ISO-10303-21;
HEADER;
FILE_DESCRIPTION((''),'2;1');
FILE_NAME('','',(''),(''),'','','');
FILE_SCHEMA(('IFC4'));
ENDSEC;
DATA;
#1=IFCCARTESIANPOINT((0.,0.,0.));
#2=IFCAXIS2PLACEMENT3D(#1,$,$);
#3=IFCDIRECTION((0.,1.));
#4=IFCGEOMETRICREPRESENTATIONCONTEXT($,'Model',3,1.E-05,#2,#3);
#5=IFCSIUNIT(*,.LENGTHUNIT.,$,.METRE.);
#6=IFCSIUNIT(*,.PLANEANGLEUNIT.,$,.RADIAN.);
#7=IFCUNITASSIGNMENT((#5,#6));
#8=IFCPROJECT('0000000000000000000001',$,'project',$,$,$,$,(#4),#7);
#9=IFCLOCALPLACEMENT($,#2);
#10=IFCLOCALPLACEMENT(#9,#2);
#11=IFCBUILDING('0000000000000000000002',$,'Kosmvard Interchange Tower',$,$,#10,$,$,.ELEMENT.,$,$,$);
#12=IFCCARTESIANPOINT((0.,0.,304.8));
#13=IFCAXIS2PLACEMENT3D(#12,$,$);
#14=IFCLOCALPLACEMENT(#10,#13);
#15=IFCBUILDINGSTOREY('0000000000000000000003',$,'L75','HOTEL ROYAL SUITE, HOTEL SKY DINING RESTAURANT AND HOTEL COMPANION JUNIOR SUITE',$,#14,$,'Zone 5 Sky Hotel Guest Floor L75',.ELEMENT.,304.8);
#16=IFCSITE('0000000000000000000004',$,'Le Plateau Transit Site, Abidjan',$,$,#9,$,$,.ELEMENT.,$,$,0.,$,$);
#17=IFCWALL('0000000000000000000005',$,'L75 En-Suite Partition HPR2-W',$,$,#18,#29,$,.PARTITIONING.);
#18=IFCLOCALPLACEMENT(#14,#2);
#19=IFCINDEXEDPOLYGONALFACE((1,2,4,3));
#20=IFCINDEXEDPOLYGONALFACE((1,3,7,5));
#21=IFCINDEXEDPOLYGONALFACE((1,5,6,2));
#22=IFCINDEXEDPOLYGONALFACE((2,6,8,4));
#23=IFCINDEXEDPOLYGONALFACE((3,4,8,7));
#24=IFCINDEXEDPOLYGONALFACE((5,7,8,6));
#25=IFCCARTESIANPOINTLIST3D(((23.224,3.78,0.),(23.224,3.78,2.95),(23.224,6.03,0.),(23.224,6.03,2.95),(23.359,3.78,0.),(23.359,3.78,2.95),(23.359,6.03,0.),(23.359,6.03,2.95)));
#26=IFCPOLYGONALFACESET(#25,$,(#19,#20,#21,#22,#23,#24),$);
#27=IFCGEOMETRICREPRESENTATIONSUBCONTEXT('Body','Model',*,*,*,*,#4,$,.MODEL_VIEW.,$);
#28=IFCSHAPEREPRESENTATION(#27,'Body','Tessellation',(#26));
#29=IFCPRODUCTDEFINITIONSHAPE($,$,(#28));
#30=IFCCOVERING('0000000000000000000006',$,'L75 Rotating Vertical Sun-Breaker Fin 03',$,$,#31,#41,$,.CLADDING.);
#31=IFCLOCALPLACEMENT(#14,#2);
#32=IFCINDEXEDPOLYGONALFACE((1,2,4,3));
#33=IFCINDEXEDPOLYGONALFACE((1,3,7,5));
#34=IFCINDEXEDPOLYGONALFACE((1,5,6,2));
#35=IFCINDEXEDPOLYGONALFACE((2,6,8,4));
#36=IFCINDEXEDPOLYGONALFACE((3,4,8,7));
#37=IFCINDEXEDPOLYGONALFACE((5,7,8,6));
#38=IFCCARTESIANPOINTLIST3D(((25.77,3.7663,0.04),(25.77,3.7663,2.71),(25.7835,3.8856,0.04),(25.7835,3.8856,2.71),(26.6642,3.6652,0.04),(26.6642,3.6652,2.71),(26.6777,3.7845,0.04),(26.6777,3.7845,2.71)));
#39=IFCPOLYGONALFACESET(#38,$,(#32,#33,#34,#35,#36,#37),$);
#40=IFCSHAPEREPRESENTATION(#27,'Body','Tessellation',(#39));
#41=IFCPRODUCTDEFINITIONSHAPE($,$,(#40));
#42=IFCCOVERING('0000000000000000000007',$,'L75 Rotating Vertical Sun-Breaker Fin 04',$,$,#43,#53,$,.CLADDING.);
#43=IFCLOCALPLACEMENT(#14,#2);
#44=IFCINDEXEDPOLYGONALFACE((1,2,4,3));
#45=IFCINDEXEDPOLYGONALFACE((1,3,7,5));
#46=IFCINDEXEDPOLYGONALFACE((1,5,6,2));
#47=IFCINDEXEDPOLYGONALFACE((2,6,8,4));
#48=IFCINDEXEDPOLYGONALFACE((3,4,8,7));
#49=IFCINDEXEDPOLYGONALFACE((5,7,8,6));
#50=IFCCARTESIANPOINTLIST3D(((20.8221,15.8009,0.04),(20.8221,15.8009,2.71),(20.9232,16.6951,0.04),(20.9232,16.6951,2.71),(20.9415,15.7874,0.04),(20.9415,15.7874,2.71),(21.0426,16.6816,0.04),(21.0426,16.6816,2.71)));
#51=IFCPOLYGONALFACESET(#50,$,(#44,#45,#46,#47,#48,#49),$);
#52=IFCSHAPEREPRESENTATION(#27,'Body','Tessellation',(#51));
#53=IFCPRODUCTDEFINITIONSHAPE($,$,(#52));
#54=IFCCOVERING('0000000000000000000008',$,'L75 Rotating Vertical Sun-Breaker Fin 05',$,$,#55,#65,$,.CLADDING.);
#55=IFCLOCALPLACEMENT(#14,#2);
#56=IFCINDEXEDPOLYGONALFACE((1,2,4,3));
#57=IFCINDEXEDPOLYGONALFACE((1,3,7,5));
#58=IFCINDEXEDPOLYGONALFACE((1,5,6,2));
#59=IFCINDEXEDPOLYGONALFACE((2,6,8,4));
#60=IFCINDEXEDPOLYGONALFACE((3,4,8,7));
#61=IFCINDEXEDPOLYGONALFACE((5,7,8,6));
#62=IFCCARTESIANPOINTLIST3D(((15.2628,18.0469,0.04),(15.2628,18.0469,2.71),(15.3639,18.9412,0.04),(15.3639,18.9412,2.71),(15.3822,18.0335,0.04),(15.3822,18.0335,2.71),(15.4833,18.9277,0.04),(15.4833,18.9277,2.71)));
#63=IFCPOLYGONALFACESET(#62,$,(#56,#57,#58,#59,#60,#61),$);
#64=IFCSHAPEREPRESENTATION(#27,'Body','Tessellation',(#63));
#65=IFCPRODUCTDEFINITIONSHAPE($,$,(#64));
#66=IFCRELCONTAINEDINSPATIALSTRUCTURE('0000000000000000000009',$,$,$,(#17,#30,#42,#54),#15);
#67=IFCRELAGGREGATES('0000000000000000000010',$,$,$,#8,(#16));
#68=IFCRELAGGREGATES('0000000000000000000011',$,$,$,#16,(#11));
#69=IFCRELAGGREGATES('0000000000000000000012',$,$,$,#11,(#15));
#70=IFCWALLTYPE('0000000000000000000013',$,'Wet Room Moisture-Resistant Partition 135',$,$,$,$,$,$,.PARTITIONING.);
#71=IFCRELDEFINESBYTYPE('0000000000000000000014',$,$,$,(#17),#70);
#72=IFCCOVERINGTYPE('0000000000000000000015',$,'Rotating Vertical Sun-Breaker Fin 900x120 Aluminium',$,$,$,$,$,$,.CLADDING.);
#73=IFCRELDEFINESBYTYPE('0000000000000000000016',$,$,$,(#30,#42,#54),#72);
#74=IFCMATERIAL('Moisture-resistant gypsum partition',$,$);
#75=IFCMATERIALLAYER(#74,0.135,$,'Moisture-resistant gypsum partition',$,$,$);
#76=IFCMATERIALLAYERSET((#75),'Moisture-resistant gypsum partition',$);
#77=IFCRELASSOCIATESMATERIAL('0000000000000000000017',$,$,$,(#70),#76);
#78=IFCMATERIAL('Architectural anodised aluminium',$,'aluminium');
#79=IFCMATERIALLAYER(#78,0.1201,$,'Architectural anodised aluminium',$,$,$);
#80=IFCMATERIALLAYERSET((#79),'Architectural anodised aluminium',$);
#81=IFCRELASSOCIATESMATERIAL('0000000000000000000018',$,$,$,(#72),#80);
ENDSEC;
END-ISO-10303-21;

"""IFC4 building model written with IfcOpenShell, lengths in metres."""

from ifc_helpers import new_model, si_unit, direction, frame, frame_2d, origin, origin_2d, place, context, subcontext, project, spatial, rectangle, extrude, source, transform, mapped, material, layer, layer_set, type_object, element, save


model = new_model("IFC4")

# Units and contexts
model_context = context("Model", 3, precision=1e-05, world=origin(), true_north=direction((0.0, 1.0)))
body_context = subcontext(model_context, "Body", "Model", "MODEL_VIEW")
ifc_project = project(units=[si_unit("LENGTHUNIT", "METRE"), si_unit("PLANEANGLEUNIT", "RADIAN")], contexts=[model_context])

# Site, building, storey
site_placement = place(None, origin())
site = spatial("IfcSite", under=ifc_project, at=site_placement, Name="Le Plateau Transit Site, Abidjan", CompositionType="ELEMENT", RefElevation=0.0)
building_placement = place(site_placement, origin())
building = spatial("IfcBuilding", under=site, at=building_placement, Name="Kosmvard Interchange Tower", CompositionType="ELEMENT")
storey_placement = place(building_placement, frame((0.0, 0.0, 304.8)))
storey = spatial("IfcBuildingStorey", under=building, at=storey_placement, Name="L75", Description="HOTEL ROYAL SUITE, HOTEL SKY DINING RESTAURANT AND HOTEL COMPANION JUNIOR SUITE", LongName="Zone 5 Sky Hotel Guest Floor L75", CompositionType="ELEMENT", Elevation=304.8)

# Shared definitions
ifc_material_1 = material(Name="Moisture-resistant gypsum partition")
ifc_layer_1 = layer(ifc_material_1, 0.135, Name="Moisture-resistant gypsum partition")
ifc_layer_set_1 = layer_set([ifc_layer_1], Name="Moisture-resistant gypsum partition")
wall_type_1 = type_object("IfcWallType", Name="Wet Room Moisture-Resistant Partition 135", PredefinedType="PARTITIONING", material=ifc_layer_set_1)

# Wall
wall_1_placement = place(storey_placement, frame((23.2915, 3.78, 0.0), z_axis=(0.0, 0.0, 1.0), x_axis=(0.0, 1.0, 0.0)))
element("IfcWall", 1, at=wall_1_placement, inside=storey, type_object=wall_type_1, Name="L75 En-Suite Partition HPR2-W", PredefinedType="PARTITIONING", context=body_context, shape_type="SweptSolid", body=[
    extrude(rectangle(XDim=2.25, YDim=0.135, at=frame_2d((1.125, 0.0))), origin(), (0.0, 0.0, 1.0), 2.95),
])

# Coverings
ifc_material_2 = material(Name="Architectural anodised aluminium", Category="aluminium")
ifc_layer_2 = layer(ifc_material_2, 0.1201, Name="Architectural anodised aluminium")
ifc_layer_set_2 = layer_set([ifc_layer_2], Name="Architectural anodised aluminium")
covering_type = type_object("IfcCoveringType", Name="Rotating Vertical Sun-Breaker Fin 900x120 Aluminium", PredefinedType="CLADDING", material=ifc_layer_set_2)
shared_shape_1 = source(origin(), body_context, "Body", "SweptSolid", [
    extrude(rectangle(XDim=0.8999, YDim=0.1201, at=origin_2d()), origin(), (0.0, 0.0, 1.0), 2.6699),
])
for number, where, z_axis, x_axis, name in (
    (2, (26.2239, 3.7754, 0.04), (0.0, 0.0, 1.0), (0.99367, -0.112336, 0.0), "L75 Rotating Vertical Sun-Breaker Fin 03"),
    (3, (20.9324, 16.2412, 0.04), (0.0, 0.0, 1.0), (0.112336, 0.99367, 0.0), "L75 Rotating Vertical Sun-Breaker Fin 04"),
    (4, (15.373, 18.4873, 0.04), (0.0, 0.0, 1.0), (0.112336, 0.99367, 0.0), "L75 Rotating Vertical Sun-Breaker Fin 05"),
):
    element("IfcCovering", number, at=place(storey_placement, frame(where, z_axis=z_axis, x_axis=x_axis)), inside=storey, type_object=covering_type, Name=name, PredefinedType="CLADDING", context=body_context, shape_type="MappedRepresentation", body=[
        mapped(shared_shape_1, transform((0.0, 0.0, 0.0), scale=1.0)),
    ])

save(model, "model.ifc")
